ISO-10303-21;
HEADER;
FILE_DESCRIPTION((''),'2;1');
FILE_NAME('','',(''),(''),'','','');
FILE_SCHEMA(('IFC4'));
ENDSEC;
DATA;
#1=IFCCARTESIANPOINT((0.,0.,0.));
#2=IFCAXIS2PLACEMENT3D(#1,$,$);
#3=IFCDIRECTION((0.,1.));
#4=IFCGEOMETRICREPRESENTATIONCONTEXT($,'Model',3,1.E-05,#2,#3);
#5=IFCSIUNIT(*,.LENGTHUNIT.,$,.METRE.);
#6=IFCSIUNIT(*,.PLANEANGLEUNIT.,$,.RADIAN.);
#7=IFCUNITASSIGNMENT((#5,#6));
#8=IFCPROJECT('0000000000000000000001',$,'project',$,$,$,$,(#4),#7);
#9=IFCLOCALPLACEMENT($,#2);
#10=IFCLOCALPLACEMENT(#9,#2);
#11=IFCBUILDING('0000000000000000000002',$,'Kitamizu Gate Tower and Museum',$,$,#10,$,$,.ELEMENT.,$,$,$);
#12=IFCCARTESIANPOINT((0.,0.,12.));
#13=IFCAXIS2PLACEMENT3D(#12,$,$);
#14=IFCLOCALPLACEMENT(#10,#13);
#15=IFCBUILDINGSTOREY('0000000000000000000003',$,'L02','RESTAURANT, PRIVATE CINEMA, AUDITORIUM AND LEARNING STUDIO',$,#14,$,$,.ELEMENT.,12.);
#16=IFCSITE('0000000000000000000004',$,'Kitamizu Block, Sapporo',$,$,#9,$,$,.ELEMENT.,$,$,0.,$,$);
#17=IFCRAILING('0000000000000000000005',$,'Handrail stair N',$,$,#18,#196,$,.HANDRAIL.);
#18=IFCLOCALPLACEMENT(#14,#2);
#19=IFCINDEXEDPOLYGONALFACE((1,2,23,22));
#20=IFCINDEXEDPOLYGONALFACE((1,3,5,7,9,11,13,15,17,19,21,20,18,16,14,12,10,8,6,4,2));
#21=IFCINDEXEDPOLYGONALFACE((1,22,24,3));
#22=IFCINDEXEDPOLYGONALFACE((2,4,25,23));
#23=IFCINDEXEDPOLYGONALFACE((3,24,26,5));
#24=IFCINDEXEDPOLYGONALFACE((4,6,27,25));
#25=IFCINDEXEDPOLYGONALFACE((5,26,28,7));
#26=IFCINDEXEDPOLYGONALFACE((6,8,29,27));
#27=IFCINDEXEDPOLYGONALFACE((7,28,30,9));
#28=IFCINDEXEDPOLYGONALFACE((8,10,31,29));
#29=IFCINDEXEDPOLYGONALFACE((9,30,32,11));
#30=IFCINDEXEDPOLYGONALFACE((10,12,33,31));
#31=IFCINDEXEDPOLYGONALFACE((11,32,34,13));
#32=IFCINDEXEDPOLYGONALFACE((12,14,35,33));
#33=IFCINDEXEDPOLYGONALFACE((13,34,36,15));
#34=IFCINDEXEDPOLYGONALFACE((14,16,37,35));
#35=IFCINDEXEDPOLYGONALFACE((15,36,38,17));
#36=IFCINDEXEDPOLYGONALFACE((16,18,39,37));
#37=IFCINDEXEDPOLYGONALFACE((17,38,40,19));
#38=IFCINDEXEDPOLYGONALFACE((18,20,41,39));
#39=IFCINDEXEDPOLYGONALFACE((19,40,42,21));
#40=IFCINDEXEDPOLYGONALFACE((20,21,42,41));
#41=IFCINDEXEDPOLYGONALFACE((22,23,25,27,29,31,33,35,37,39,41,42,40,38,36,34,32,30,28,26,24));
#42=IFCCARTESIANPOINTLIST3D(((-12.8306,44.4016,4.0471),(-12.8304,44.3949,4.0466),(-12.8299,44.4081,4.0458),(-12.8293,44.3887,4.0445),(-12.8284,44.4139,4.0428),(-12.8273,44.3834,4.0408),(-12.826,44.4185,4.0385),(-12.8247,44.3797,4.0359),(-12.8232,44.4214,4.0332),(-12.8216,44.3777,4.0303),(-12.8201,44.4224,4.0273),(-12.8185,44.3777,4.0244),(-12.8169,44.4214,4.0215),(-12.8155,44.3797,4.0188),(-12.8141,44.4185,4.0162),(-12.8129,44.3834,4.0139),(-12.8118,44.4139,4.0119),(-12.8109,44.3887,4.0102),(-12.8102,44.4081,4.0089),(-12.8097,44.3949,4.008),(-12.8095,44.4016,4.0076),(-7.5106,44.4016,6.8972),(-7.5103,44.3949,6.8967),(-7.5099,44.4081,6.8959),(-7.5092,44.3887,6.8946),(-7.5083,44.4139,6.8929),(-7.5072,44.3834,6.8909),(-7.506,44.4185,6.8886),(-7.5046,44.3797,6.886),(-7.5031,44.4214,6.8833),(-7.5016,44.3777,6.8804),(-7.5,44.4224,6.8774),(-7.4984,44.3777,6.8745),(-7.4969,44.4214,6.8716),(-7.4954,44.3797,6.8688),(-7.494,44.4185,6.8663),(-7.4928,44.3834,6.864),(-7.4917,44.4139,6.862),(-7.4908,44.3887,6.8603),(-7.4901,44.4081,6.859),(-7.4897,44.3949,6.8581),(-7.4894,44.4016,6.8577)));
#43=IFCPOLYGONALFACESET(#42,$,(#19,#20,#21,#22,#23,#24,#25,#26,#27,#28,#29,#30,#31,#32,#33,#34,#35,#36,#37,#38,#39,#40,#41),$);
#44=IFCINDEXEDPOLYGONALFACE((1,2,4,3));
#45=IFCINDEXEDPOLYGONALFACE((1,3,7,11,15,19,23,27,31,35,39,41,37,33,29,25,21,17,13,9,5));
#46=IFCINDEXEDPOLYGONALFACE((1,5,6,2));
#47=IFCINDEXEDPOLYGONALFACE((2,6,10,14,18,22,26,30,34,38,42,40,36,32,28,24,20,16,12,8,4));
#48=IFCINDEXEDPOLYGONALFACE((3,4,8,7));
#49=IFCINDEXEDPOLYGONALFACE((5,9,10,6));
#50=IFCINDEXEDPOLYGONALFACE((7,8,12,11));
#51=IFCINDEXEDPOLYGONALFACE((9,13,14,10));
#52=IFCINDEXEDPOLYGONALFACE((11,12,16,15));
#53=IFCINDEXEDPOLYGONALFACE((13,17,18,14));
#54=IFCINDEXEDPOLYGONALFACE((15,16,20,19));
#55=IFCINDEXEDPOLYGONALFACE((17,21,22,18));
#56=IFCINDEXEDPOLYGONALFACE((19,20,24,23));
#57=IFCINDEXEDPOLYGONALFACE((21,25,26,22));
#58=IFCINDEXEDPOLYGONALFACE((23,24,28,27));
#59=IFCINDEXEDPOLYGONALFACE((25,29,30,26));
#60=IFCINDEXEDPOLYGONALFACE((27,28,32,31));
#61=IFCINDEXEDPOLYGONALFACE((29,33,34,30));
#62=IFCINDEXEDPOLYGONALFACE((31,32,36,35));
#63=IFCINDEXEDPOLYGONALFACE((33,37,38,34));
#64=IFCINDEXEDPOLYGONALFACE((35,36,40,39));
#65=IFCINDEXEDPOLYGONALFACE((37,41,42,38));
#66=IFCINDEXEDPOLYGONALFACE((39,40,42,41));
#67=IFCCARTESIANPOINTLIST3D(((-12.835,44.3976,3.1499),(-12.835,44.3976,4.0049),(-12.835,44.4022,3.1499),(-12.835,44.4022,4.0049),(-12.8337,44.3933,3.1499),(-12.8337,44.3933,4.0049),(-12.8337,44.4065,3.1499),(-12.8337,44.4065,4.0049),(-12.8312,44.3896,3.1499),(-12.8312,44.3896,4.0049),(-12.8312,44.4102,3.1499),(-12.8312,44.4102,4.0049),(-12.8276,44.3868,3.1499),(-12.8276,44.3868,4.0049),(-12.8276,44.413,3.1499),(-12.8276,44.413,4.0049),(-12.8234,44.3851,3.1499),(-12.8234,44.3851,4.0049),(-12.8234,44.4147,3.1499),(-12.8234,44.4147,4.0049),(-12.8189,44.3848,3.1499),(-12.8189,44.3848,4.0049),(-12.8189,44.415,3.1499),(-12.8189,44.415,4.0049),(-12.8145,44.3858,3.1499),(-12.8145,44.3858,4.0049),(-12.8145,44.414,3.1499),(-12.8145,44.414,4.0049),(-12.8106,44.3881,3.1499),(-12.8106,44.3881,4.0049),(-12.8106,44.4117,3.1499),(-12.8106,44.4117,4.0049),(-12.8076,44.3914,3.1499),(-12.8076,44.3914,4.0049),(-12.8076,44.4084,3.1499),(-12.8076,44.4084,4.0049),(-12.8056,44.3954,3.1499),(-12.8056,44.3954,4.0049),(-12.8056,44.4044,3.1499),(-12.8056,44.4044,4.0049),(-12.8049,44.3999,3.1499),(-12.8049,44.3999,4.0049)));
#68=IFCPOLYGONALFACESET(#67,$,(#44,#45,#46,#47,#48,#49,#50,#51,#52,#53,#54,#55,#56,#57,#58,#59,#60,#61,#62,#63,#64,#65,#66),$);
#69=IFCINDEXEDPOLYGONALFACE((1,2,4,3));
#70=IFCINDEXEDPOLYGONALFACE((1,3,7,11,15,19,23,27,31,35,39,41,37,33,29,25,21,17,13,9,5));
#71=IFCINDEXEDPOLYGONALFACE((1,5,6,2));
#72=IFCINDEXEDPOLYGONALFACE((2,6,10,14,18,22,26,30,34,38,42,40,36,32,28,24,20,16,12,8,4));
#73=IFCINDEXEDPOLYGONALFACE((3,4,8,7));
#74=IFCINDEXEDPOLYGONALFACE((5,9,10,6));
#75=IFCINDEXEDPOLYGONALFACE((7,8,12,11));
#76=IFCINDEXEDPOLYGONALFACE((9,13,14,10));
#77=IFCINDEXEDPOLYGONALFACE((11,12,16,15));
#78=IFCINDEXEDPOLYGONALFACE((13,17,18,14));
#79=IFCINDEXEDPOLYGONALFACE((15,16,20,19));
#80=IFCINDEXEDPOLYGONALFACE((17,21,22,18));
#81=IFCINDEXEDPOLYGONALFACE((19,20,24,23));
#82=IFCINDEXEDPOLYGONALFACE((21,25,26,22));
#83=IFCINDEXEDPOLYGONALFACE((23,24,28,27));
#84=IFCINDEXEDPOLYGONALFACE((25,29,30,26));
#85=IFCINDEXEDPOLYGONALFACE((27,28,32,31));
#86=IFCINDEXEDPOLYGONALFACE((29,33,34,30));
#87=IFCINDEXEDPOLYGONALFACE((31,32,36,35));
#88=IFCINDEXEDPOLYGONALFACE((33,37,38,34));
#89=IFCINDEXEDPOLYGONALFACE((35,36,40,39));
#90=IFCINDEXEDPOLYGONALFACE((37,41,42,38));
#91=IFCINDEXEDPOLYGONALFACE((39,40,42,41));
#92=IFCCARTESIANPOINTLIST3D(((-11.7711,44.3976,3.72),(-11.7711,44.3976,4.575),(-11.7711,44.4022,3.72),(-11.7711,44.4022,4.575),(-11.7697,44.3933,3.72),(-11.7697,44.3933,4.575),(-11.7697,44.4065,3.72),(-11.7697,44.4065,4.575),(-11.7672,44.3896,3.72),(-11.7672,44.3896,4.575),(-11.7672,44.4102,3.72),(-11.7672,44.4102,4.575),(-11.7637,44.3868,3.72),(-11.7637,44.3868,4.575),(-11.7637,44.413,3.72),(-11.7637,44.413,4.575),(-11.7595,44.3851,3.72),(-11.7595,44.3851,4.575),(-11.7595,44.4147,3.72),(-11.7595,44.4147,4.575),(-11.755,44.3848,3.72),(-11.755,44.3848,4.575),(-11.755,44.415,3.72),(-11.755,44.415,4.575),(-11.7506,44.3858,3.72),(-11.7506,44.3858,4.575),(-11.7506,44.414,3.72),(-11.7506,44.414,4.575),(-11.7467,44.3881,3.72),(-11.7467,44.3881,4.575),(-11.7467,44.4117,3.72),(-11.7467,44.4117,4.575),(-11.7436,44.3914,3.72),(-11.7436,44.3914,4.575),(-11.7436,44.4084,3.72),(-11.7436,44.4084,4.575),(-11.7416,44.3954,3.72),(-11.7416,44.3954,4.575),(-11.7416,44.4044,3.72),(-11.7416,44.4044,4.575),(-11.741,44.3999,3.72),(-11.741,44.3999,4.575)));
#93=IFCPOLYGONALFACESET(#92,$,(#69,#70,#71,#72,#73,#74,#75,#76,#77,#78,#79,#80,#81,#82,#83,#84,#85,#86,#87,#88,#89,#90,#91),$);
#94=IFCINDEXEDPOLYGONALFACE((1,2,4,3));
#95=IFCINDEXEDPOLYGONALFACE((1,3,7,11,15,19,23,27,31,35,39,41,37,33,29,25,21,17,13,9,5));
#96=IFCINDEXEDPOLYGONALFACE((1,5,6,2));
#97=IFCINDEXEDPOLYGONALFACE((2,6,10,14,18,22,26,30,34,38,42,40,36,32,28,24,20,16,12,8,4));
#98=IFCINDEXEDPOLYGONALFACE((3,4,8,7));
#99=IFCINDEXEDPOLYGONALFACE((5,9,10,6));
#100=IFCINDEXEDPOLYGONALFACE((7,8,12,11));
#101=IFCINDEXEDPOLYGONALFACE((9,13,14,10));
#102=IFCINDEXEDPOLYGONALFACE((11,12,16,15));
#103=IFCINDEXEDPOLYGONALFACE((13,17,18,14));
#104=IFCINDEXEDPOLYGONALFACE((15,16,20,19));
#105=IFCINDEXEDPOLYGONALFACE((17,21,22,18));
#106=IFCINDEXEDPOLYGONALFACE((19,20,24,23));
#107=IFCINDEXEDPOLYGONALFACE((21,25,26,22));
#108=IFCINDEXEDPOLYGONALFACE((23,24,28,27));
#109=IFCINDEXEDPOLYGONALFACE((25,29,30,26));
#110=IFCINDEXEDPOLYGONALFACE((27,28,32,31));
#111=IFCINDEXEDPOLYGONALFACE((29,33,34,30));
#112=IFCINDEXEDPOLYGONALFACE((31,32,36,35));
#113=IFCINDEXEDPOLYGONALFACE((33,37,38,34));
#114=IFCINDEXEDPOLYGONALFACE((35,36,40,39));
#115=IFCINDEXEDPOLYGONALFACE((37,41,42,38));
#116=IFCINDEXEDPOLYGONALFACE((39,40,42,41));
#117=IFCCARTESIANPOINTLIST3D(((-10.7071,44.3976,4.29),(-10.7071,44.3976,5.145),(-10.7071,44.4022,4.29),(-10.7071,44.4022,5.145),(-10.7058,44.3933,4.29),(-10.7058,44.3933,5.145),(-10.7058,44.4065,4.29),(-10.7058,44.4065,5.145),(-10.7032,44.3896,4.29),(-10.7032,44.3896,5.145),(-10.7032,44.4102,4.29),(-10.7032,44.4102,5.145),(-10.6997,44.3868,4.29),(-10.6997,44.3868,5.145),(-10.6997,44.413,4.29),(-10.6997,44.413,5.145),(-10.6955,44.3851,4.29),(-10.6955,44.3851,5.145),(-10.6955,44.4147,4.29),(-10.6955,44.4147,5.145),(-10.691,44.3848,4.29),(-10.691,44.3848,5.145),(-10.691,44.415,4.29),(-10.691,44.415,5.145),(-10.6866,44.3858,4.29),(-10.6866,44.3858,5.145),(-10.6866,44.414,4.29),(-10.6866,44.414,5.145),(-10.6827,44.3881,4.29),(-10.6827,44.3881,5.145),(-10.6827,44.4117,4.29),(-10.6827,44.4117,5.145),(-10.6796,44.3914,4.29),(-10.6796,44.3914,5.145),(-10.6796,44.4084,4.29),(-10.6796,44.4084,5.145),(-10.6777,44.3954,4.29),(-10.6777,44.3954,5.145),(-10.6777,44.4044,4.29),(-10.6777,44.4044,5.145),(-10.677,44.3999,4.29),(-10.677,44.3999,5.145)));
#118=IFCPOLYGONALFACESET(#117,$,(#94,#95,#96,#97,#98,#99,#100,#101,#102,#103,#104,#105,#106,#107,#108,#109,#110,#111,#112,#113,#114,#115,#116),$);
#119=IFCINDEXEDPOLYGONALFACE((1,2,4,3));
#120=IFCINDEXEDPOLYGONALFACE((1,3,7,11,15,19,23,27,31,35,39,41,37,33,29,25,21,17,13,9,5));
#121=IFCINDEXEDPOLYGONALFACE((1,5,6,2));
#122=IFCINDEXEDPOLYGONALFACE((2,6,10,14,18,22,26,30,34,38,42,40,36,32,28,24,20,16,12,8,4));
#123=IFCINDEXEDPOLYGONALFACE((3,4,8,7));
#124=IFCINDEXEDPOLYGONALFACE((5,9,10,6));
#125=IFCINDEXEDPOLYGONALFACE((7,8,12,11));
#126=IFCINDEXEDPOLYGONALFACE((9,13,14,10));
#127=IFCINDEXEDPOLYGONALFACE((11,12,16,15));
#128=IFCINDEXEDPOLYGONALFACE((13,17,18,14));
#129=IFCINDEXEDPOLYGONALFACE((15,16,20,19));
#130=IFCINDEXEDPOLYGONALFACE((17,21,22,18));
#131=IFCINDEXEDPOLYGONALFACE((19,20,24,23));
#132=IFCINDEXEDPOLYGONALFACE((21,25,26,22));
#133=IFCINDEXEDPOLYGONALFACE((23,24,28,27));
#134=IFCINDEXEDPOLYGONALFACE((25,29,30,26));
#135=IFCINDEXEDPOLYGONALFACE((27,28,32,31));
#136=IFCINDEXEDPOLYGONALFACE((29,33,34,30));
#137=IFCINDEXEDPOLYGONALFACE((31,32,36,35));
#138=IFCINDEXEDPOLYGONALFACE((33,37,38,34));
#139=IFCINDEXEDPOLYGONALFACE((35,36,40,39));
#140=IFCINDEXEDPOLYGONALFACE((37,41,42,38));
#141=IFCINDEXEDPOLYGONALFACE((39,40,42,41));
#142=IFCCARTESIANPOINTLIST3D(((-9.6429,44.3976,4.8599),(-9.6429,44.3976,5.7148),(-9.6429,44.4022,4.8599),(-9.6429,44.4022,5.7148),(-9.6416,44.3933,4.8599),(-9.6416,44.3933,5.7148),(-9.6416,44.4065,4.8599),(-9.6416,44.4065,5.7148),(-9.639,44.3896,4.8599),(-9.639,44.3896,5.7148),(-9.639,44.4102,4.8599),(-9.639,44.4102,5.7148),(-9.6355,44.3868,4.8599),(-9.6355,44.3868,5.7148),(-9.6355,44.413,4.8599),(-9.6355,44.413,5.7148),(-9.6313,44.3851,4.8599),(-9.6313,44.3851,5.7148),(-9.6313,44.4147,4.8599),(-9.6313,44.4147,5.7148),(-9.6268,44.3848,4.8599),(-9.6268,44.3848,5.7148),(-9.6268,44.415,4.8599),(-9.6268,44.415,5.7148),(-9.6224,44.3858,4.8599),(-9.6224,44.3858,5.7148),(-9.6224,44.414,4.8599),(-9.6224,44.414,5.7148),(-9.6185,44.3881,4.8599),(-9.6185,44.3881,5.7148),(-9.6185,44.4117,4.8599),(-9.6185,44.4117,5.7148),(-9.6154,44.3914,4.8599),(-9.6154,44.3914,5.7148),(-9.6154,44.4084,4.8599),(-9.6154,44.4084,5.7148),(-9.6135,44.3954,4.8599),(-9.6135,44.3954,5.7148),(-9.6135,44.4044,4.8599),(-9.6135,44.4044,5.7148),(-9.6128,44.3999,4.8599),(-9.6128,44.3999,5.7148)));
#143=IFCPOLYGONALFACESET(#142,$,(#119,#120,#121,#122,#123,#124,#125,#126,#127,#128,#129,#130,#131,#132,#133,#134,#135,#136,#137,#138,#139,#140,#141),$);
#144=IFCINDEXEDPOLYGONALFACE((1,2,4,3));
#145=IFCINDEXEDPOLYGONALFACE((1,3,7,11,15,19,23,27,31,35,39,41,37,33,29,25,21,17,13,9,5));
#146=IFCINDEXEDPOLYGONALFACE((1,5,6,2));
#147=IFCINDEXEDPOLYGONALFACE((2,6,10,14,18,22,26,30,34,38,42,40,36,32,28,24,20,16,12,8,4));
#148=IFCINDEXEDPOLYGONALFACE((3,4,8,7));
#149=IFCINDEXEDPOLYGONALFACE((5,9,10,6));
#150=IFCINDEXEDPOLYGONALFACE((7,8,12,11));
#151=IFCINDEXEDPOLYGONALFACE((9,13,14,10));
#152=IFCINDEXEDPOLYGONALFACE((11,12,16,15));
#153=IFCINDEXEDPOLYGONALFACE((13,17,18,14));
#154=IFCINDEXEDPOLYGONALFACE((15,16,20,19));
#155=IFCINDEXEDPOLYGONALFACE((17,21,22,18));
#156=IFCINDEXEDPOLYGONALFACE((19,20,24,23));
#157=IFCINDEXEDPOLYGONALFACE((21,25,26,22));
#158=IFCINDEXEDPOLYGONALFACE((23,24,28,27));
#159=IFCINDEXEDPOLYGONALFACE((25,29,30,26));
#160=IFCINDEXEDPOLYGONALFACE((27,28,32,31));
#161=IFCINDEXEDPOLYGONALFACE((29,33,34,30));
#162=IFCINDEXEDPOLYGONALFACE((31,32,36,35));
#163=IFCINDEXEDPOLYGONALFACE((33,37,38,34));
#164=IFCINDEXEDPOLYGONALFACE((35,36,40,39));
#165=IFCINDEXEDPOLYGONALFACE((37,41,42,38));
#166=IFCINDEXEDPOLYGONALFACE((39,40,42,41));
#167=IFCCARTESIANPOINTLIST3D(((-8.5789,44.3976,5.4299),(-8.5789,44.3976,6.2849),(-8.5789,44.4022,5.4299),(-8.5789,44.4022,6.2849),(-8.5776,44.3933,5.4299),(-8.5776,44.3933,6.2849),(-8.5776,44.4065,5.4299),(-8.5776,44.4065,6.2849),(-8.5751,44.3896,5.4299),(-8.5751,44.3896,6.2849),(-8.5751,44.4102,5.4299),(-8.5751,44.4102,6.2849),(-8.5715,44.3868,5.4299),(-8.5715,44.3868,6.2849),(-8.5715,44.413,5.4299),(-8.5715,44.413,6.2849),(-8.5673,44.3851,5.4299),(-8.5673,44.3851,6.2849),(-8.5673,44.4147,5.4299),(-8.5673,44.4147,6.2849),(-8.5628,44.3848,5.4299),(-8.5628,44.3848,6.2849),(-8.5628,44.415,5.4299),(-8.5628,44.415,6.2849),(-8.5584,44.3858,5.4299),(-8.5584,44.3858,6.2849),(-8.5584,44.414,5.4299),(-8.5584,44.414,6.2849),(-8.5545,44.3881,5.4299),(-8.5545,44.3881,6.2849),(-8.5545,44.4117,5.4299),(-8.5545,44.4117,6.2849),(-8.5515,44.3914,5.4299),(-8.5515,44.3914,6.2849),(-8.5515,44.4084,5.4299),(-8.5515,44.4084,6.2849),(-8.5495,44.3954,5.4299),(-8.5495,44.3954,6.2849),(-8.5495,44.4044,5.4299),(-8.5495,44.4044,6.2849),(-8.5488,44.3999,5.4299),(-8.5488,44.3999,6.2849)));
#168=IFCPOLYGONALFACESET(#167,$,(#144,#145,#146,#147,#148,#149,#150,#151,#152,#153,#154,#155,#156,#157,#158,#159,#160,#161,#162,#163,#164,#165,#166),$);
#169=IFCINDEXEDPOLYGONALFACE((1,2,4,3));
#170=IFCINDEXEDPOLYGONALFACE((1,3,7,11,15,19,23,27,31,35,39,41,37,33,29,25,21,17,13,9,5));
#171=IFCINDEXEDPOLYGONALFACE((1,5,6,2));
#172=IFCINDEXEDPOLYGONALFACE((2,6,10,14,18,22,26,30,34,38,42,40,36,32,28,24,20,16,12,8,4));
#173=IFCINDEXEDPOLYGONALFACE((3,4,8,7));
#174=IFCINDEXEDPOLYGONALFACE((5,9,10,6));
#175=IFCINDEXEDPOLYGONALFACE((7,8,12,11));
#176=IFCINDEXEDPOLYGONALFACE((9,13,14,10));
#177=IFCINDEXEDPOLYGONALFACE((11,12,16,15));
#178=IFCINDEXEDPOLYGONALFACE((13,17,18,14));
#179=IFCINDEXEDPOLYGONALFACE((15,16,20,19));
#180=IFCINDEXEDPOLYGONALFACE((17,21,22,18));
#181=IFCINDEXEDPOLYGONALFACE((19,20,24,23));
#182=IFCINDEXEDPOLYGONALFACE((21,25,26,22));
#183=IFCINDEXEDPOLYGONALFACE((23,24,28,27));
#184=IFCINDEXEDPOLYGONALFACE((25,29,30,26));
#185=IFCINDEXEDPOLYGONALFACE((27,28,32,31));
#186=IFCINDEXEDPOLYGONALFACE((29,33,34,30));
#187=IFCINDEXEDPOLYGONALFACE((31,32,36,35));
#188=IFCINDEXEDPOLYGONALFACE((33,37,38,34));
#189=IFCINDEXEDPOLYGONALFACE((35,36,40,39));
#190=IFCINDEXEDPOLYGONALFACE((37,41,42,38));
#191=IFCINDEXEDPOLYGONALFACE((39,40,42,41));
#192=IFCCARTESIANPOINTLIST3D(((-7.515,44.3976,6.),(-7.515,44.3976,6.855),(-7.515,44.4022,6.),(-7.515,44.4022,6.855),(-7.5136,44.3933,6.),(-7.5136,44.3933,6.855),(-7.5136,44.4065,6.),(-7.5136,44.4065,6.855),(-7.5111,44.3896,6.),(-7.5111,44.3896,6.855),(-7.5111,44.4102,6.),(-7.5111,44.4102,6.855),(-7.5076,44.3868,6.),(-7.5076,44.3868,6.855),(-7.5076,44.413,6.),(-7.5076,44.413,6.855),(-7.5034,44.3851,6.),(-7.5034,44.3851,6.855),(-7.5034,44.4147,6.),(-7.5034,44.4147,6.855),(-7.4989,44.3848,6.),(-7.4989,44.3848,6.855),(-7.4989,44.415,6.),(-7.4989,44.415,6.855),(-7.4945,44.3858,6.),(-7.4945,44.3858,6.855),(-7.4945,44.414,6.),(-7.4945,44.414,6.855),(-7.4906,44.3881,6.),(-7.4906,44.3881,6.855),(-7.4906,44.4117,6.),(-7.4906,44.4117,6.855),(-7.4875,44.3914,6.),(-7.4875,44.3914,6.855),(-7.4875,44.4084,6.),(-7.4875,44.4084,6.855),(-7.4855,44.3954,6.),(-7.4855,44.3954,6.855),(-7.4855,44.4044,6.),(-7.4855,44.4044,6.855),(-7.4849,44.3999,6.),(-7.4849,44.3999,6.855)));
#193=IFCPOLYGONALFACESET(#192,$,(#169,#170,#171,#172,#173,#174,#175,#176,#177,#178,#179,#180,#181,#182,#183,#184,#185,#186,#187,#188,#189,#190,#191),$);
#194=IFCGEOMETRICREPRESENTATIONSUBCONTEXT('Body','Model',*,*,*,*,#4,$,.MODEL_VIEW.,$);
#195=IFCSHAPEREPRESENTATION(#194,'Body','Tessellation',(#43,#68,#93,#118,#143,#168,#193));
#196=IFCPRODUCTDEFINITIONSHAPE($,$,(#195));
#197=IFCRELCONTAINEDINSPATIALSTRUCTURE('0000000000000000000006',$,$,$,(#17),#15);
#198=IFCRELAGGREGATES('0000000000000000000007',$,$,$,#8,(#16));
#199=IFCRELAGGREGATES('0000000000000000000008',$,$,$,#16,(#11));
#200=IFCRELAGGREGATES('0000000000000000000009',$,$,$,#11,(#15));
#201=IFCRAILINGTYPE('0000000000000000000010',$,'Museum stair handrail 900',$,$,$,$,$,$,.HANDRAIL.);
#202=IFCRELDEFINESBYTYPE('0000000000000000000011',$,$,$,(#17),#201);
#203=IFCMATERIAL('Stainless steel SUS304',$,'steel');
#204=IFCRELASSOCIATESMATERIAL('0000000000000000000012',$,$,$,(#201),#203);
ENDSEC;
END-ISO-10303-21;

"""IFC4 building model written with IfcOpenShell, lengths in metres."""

from ifc_helpers import new_model, si_unit, direction, frame, origin, origin_2d, place, context, subcontext, project, spatial, circle, extrude, material, type_object, element, save


model = new_model("IFC4")

# Units and contexts
model_context = context("Model", 3, precision=1e-05, world=origin(), true_north=direction((0.0, 1.0)))
body_context = subcontext(model_context, "Body", "Model", "MODEL_VIEW")
ifc_project = project(units=[si_unit("LENGTHUNIT", "METRE"), si_unit("PLANEANGLEUNIT", "RADIAN")], contexts=[model_context])

# Site, building, storey
site_placement = place(None, origin())
site = spatial("IfcSite", under=ifc_project, at=site_placement, Name="Kitamizu Block, Sapporo", CompositionType="ELEMENT", RefElevation=0.0)
building_placement = place(site_placement, origin())
building = spatial("IfcBuilding", under=site, at=building_placement, Name="Kitamizu Gate Tower and Museum", CompositionType="ELEMENT")
storey_placement = place(building_placement, frame((0.0, 0.0, 12.0)))
storey = spatial("IfcBuildingStorey", under=building, at=storey_placement, Name="L02", Description="RESTAURANT, PRIVATE CINEMA, AUDITORIUM AND LEARNING STUDIO", CompositionType="ELEMENT", Elevation=12.0)

# Railing
ifc_material_1 = material(Name="Stainless steel SUS304", Category="steel")
railing_type = type_object("IfcRailingType", Name="Museum stair handrail 900", PredefinedType="HANDRAIL", material=ifc_material_1)
for number, where, name in (
    (1, (-12.8201, 44.3999, 3.1499), "Handrail stair N"),
):
    element("IfcRailing", number, at=place(storey_placement, frame(where)), inside=storey, type_object=railing_type, Name=name, PredefinedType="HANDRAIL", context=body_context, shape_type="SweptSolid", body=[
        extrude(circle(Radius=0.0225, at=origin_2d()), frame((0.0, 0.0, 0.8774), z_axis=(0.881476, 0.0, 0.472229), x_axis=(0.0, 1.0, 0.0)), (0.0, 0.0, 1.0), 6.0354),
        extrude(circle(Radius=0.0151, at=origin_2d()), origin(), (0.0, 0.0, 1.0), 0.855),
        extrude(circle(Radius=0.0151, at=origin_2d()), frame((1.064, 0.0, 0.5701)), (0.0, 0.0, 1.0), 0.855),
        extrude(circle(Radius=0.0151, at=origin_2d()), frame((2.1279, 0.0, 1.1401)), (0.0, 0.0, 1.0), 0.855),
        extrude(circle(Radius=0.0151, at=origin_2d()), frame((3.1921, 0.0, 1.71)), (0.0, 0.0, 1.0), 0.855),
        extrude(circle(Radius=0.0151, at=origin_2d()), frame((4.2561, 0.0, 2.28)), (0.0, 0.0, 1.0), 0.855),
        extrude(circle(Radius=0.0151, at=origin_2d()), frame((5.3201, 0.0, 2.8501)), (0.0, 0.0, 1.0), 0.855),
    ])

save(model, "model.ifc")
